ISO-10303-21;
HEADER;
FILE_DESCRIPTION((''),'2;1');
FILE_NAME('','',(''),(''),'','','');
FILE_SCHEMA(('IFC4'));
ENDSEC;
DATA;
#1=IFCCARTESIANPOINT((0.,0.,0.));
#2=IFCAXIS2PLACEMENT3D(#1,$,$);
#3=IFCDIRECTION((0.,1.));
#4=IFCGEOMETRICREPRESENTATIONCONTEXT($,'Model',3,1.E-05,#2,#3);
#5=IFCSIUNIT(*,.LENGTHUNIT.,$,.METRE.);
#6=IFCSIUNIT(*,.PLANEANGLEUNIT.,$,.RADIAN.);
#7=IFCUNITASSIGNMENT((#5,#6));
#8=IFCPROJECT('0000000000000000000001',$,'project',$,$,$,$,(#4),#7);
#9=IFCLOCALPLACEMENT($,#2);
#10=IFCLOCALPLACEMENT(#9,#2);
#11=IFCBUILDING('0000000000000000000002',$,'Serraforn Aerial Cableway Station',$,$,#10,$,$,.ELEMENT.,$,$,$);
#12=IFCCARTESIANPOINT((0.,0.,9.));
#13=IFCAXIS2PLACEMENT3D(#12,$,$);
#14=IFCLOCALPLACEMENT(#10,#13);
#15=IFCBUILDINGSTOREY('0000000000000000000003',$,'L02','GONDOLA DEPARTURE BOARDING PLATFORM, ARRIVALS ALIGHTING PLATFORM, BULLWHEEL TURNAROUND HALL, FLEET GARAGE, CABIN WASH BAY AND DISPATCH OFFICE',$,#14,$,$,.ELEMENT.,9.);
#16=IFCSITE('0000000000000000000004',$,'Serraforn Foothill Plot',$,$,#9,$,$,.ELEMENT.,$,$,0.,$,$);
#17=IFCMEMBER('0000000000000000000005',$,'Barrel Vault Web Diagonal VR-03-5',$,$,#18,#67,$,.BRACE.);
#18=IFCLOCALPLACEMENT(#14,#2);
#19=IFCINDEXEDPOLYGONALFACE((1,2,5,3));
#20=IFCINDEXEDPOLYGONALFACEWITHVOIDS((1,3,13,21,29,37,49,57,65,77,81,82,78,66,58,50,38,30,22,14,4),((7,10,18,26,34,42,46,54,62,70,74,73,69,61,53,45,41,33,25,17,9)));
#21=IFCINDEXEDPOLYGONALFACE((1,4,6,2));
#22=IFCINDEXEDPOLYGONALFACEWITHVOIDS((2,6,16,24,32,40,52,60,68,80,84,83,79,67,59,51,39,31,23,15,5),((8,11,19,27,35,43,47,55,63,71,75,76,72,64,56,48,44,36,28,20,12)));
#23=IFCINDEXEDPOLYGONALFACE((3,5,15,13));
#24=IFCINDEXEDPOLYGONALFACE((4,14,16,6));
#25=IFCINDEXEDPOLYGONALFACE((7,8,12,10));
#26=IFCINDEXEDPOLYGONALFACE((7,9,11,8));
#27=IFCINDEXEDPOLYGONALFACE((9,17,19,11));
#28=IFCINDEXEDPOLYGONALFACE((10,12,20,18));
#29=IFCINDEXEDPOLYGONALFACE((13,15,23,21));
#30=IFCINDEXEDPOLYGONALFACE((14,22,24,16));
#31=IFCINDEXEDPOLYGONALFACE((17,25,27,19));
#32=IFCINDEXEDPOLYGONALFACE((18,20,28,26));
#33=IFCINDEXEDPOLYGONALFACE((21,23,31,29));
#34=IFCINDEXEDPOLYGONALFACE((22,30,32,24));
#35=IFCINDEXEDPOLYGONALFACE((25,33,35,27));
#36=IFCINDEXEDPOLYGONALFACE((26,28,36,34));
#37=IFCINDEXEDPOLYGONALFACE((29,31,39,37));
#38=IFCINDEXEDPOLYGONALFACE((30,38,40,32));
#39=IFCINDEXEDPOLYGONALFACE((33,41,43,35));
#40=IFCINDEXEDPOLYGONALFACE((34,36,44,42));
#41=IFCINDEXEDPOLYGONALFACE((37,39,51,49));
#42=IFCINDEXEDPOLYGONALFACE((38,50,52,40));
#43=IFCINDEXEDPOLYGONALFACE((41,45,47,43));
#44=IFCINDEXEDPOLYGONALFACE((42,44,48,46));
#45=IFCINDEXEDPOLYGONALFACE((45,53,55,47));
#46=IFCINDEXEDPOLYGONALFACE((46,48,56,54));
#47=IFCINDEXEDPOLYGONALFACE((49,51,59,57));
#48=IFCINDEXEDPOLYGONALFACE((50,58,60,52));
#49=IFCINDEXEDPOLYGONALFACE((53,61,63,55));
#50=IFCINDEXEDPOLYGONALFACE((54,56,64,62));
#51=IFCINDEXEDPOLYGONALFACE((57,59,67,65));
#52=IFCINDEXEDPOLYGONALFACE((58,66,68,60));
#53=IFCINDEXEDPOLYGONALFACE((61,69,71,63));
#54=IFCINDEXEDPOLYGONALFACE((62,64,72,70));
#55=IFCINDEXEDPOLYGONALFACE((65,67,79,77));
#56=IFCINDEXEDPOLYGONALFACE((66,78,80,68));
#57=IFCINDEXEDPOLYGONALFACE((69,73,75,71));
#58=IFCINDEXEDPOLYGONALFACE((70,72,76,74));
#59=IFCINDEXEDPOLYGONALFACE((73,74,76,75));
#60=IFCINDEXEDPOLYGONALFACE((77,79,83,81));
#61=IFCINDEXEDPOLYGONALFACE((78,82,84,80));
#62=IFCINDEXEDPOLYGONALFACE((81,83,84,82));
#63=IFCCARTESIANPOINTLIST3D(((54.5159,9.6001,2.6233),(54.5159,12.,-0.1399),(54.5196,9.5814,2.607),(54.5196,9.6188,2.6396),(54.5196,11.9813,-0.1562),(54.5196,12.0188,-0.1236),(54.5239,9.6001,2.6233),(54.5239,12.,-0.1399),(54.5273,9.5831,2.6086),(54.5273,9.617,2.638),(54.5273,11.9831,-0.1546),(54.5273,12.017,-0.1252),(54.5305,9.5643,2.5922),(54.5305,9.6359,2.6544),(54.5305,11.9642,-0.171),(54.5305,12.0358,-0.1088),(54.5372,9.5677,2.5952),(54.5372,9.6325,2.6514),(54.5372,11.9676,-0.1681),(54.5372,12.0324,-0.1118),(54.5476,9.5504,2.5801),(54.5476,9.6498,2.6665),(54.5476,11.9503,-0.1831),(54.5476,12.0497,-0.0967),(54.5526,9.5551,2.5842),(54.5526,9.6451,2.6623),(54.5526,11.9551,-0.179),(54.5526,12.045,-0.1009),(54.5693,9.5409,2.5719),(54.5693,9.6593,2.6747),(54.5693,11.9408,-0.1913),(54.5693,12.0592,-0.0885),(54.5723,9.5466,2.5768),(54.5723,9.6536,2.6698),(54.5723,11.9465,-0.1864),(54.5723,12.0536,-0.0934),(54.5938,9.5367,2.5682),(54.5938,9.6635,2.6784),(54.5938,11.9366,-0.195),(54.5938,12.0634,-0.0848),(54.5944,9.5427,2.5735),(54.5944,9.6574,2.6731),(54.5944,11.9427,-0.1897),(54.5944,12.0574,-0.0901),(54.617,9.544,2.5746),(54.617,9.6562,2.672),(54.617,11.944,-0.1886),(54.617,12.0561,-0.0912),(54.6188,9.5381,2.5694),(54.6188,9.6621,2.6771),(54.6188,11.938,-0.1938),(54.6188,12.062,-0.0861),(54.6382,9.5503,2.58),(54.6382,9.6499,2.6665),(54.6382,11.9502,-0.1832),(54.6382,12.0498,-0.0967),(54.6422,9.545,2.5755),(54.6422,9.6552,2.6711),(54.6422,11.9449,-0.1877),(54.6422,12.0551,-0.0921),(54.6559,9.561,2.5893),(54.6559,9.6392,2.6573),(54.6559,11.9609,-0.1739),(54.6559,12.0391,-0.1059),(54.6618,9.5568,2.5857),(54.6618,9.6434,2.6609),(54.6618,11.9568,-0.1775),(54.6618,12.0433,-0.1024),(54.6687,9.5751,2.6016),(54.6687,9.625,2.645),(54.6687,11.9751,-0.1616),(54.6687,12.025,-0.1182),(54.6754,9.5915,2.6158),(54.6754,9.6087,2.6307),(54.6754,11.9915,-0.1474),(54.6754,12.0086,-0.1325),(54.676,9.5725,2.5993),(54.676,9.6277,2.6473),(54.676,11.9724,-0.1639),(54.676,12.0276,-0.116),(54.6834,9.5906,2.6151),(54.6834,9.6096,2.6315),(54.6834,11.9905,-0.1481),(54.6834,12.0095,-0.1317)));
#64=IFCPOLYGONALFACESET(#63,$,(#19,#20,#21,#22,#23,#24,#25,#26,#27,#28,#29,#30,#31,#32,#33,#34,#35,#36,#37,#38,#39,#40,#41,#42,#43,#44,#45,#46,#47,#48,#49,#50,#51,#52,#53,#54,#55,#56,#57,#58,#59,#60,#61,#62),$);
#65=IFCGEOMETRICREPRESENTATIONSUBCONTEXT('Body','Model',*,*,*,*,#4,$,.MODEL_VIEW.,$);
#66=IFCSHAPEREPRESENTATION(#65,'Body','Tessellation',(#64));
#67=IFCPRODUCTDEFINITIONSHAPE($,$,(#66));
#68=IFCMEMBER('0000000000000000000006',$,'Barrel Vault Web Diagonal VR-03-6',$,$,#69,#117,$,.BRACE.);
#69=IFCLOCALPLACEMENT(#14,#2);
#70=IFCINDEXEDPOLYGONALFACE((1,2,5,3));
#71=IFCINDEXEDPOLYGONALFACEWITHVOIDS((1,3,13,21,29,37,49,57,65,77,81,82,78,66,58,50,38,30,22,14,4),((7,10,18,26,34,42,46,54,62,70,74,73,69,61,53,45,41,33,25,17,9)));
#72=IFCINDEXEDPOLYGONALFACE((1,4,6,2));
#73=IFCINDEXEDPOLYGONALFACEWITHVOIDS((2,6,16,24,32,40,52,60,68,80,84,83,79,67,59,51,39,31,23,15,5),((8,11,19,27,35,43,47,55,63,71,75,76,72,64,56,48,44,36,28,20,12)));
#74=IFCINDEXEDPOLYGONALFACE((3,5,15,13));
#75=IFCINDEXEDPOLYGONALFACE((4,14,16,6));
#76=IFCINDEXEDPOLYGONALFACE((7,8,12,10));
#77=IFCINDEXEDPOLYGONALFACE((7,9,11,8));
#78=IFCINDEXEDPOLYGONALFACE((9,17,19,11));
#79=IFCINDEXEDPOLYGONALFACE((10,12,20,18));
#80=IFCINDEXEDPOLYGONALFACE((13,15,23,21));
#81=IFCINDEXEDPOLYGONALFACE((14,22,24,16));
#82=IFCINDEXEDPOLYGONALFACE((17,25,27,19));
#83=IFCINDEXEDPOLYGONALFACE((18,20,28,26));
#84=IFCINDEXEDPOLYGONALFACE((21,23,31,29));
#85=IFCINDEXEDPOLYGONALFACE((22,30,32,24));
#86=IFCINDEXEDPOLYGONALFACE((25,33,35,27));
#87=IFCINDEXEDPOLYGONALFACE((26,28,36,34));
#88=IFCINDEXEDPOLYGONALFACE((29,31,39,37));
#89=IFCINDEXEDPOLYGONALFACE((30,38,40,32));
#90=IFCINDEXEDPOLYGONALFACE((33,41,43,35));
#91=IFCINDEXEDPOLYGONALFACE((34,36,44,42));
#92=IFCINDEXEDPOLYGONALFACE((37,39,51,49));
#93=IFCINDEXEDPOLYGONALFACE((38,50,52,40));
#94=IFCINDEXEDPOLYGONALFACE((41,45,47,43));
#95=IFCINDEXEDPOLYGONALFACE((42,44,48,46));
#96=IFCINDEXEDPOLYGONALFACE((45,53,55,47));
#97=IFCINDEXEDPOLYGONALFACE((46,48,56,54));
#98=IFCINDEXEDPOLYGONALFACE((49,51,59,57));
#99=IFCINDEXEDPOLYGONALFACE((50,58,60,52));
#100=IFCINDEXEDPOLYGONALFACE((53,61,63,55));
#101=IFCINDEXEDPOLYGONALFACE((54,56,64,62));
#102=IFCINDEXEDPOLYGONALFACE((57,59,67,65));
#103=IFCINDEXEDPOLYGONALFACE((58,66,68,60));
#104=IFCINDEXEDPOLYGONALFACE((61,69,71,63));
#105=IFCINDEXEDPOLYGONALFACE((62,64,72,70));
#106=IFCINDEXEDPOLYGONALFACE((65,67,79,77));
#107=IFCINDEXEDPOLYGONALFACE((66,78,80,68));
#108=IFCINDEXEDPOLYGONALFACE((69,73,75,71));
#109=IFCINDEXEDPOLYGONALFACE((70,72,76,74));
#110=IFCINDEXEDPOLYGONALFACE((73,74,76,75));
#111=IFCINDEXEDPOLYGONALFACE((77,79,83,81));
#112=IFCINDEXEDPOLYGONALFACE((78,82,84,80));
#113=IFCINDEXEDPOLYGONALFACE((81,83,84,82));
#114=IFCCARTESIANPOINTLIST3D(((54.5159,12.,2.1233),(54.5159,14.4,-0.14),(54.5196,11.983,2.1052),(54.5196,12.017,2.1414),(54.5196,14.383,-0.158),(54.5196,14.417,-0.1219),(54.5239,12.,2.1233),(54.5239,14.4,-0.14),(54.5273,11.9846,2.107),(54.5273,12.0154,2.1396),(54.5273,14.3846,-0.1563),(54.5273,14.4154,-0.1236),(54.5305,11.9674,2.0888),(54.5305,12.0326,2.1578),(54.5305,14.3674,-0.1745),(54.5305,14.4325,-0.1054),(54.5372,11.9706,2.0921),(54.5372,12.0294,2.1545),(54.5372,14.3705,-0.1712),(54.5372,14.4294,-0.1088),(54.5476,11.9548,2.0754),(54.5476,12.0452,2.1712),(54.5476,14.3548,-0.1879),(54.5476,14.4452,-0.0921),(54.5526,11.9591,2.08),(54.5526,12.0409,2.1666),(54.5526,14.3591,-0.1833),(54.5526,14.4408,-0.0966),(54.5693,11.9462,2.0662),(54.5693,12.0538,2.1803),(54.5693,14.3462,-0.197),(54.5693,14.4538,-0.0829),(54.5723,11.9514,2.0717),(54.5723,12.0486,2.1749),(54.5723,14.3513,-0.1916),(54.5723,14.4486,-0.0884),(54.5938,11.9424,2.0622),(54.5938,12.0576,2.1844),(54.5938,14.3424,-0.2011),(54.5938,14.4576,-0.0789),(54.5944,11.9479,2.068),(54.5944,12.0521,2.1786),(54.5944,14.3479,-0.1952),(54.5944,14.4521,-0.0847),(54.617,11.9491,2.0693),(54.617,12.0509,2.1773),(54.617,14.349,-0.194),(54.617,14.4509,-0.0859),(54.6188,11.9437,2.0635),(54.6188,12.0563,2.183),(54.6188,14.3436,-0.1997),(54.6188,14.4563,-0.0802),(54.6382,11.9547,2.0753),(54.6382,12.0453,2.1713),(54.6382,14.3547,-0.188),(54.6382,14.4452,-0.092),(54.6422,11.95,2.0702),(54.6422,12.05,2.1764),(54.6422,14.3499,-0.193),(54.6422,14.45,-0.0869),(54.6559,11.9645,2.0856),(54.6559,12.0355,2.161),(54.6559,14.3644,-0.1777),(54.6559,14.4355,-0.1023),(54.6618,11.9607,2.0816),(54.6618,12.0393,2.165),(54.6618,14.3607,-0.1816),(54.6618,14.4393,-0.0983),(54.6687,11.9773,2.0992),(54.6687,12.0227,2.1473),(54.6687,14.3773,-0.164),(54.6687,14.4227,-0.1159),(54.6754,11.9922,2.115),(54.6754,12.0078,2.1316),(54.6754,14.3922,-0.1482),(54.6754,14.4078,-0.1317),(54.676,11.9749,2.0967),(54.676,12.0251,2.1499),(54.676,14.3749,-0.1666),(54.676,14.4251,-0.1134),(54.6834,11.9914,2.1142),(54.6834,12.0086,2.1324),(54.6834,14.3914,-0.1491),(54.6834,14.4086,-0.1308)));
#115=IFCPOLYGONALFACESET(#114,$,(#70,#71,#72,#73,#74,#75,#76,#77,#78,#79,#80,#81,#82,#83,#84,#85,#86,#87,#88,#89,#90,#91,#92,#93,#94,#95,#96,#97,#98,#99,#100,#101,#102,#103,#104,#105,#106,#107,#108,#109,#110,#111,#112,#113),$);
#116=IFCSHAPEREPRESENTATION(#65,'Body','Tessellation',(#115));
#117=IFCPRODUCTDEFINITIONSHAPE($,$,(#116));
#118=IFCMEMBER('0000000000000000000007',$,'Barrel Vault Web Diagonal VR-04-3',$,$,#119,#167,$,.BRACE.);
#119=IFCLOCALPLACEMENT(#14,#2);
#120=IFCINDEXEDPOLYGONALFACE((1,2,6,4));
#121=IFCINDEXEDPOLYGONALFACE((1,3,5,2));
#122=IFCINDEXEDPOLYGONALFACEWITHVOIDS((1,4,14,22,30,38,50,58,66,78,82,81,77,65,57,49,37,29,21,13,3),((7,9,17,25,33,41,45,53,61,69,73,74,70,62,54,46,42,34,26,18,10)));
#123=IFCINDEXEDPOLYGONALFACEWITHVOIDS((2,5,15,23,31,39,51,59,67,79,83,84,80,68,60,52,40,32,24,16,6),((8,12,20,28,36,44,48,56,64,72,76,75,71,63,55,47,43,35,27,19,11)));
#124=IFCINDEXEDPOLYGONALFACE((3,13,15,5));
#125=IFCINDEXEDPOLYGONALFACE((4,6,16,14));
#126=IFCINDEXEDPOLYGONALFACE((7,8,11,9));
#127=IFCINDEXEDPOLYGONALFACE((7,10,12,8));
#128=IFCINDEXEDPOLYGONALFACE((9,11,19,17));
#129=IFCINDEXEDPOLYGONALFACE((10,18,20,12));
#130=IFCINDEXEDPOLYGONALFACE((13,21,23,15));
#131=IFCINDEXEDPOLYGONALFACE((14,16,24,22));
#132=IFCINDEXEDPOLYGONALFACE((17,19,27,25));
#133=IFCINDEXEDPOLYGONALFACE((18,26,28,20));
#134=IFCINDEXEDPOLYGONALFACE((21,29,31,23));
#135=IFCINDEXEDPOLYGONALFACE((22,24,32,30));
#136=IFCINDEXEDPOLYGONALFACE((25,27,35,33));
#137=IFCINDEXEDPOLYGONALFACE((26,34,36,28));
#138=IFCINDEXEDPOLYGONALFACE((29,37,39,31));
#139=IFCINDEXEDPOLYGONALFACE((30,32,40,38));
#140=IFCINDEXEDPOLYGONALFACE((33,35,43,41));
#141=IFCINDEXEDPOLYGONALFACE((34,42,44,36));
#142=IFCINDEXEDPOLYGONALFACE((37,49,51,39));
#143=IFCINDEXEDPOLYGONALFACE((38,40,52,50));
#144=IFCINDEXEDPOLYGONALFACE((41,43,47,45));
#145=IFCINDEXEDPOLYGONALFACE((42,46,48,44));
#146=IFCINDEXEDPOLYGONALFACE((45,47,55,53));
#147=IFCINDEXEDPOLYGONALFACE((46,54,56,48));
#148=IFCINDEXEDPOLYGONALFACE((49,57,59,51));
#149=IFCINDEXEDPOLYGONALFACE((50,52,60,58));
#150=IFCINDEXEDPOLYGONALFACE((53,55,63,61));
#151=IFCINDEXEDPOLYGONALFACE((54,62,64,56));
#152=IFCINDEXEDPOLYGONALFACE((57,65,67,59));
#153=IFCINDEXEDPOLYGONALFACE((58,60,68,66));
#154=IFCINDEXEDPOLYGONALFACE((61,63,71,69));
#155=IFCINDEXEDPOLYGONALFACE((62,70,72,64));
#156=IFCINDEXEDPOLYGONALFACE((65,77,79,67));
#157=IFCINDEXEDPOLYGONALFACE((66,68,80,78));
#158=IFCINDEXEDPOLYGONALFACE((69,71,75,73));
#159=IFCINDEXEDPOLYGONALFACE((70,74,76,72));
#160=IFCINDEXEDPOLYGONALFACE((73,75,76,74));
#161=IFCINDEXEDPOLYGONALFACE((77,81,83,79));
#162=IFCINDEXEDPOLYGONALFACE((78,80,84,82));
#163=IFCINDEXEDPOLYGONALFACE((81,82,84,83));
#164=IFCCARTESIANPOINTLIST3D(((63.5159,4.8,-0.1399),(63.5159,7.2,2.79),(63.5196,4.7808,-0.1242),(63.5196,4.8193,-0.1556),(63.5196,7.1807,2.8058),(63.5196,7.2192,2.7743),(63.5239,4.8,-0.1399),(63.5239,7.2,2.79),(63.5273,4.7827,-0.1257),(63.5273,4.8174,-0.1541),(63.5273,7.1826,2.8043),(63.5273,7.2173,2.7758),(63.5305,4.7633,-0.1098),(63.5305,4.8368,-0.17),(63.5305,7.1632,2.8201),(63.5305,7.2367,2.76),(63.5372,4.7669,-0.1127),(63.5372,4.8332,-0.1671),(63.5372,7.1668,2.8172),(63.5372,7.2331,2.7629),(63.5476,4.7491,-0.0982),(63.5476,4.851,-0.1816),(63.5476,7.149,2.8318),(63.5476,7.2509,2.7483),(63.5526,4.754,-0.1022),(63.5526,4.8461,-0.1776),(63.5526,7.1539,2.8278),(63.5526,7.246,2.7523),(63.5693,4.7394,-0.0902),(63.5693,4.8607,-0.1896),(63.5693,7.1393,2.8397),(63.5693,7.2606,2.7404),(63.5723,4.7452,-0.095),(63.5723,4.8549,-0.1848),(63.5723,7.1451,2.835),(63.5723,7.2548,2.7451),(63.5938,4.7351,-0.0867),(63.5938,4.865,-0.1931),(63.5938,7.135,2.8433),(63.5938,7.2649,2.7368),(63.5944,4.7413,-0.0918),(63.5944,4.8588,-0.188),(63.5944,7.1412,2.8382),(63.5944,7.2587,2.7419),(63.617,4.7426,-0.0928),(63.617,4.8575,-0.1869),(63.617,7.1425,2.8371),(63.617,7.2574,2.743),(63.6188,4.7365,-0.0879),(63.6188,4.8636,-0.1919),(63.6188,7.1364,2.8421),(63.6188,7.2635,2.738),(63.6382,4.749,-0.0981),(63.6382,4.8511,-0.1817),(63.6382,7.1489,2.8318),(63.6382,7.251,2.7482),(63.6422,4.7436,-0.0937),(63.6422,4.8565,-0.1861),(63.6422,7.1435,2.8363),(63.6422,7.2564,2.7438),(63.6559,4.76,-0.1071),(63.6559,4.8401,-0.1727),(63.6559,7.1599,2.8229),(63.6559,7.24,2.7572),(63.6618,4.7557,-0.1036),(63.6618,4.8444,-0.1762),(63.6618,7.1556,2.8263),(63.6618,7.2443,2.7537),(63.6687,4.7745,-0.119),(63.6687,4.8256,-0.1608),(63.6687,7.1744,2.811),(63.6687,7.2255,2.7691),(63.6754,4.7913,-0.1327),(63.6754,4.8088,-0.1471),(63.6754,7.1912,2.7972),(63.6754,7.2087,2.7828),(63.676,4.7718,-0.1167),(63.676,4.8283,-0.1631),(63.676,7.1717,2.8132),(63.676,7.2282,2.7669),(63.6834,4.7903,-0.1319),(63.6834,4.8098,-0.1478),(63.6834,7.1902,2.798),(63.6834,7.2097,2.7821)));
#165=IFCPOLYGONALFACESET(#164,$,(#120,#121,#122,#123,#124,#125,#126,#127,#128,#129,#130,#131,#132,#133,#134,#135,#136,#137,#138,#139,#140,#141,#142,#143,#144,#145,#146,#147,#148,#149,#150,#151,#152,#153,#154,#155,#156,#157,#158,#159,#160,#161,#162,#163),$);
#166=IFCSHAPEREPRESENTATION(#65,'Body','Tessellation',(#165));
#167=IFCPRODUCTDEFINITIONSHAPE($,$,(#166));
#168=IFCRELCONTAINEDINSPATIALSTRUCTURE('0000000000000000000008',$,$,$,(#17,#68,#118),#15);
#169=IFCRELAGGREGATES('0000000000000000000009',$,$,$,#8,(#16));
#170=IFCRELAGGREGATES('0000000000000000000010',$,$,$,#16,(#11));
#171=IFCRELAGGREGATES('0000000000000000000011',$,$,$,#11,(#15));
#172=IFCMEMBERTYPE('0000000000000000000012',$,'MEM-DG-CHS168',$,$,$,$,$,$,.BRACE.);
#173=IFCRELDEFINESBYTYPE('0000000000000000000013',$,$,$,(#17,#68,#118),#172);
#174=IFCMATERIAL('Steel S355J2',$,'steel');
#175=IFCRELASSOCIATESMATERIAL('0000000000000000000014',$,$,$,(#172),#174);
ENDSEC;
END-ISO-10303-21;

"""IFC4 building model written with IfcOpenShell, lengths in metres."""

from ifc_helpers import new_model, si_unit, direction, frame, origin, origin_2d, place, context, subcontext, project, spatial, hollow_circle, extrude, material, material_profile, profile_set, type_object, element, save


model = new_model("IFC4")

# Units and contexts
model_context = context("Model", 3, precision=1e-05, world=origin(), true_north=direction((0.0, 1.0)))
body_context = subcontext(model_context, "Body", "Model", "MODEL_VIEW")
ifc_project = project(units=[si_unit("LENGTHUNIT", "METRE"), si_unit("PLANEANGLEUNIT", "RADIAN")], contexts=[model_context])

# Site, building, storey
site_placement = place(None, origin())
site = spatial("IfcSite", under=ifc_project, at=site_placement, Name="Serraforn Foothill Plot", CompositionType="ELEMENT", RefElevation=0.0)
building_placement = place(site_placement, origin())
building = spatial("IfcBuilding", under=site, at=building_placement, Name="Serraforn Aerial Cableway Station", CompositionType="ELEMENT")
storey_placement = place(building_placement, frame((0.0, 0.0, 9.0)))
storey = spatial("IfcBuildingStorey", under=building, at=storey_placement, Name="L02", Description="GONDOLA DEPARTURE BOARDING PLATFORM, ARRIVALS ALIGHTING PLATFORM, BULLWHEEL TURNAROUND HALL, FLEET GARAGE, CABIN WASH BAY AND DISPATCH OFFICE", CompositionType="ELEMENT", Elevation=9.0)

# Members
ifc_material_1 = material(Name="Steel S355J2", Category="steel")
ifc_material_profile_1 = material_profile(ifc_material_1, hollow_circle(Radius=0.0842, WallThickness=0.0081, at=origin_2d()), Name="CHS 168.3x8.0")
ifc_profile_set_1 = profile_set([ifc_material_profile_1], Name="Steel S355J2")
member_type_1 = type_object("IfcMemberType", Name="MEM-DG-CHS168", PredefinedType="BRACE", material=ifc_profile_set_1)
member_1_placement = place(storey_placement, frame((54.6001, 9.6001, 2.6233), z_axis=(0.0, 0.655733, -0.754993), x_axis=(-1.0, 0.0, 0.0)))
element("IfcMember", 1, at=member_1_placement, inside=storey, type_object=member_type_1, Name="Barrel Vault Web Diagonal VR-03-5", PredefinedType="BRACE", context=body_context, shape_type="SweptSolid", body=[
    extrude(hollow_circle(Radius=0.0842, WallThickness=0.0081, at=origin_2d()), origin(), (0.0, 0.0, 1.0), 3.6599),
])
member_2_placement = place(storey_placement, frame((54.6001, 12.0, 2.1233), z_axis=(0.0, 0.727526, -0.68608), x_axis=(-1.0, 0.0, 0.0)))
element("IfcMember", 2, at=member_2_placement, inside=storey, type_object=member_type_1, Name="Barrel Vault Web Diagonal VR-03-6", PredefinedType="BRACE", context=body_context, shape_type="SweptSolid", body=[
    extrude(hollow_circle(Radius=0.0842, WallThickness=0.0081, at=origin_2d()), origin(), (0.0, 0.0, 1.0), 3.2988),
])
member_3_placement = place(storey_placement, frame((63.6001, 4.8, -0.1399), z_axis=(0.0, 0.633662, 0.77361), x_axis=(-1.0, 0.0, 0.0)))
element("IfcMember", 3, at=member_3_placement, inside=storey, type_object=member_type_1, Name="Barrel Vault Web Diagonal VR-04-3", PredefinedType="BRACE", context=body_context, shape_type="SweptSolid", body=[
    extrude(hollow_circle(Radius=0.0842, WallThickness=0.0081, at=origin_2d()), origin(), (0.0, 0.0, 1.0), 3.7874),
])

save(model, "model.ifc")
